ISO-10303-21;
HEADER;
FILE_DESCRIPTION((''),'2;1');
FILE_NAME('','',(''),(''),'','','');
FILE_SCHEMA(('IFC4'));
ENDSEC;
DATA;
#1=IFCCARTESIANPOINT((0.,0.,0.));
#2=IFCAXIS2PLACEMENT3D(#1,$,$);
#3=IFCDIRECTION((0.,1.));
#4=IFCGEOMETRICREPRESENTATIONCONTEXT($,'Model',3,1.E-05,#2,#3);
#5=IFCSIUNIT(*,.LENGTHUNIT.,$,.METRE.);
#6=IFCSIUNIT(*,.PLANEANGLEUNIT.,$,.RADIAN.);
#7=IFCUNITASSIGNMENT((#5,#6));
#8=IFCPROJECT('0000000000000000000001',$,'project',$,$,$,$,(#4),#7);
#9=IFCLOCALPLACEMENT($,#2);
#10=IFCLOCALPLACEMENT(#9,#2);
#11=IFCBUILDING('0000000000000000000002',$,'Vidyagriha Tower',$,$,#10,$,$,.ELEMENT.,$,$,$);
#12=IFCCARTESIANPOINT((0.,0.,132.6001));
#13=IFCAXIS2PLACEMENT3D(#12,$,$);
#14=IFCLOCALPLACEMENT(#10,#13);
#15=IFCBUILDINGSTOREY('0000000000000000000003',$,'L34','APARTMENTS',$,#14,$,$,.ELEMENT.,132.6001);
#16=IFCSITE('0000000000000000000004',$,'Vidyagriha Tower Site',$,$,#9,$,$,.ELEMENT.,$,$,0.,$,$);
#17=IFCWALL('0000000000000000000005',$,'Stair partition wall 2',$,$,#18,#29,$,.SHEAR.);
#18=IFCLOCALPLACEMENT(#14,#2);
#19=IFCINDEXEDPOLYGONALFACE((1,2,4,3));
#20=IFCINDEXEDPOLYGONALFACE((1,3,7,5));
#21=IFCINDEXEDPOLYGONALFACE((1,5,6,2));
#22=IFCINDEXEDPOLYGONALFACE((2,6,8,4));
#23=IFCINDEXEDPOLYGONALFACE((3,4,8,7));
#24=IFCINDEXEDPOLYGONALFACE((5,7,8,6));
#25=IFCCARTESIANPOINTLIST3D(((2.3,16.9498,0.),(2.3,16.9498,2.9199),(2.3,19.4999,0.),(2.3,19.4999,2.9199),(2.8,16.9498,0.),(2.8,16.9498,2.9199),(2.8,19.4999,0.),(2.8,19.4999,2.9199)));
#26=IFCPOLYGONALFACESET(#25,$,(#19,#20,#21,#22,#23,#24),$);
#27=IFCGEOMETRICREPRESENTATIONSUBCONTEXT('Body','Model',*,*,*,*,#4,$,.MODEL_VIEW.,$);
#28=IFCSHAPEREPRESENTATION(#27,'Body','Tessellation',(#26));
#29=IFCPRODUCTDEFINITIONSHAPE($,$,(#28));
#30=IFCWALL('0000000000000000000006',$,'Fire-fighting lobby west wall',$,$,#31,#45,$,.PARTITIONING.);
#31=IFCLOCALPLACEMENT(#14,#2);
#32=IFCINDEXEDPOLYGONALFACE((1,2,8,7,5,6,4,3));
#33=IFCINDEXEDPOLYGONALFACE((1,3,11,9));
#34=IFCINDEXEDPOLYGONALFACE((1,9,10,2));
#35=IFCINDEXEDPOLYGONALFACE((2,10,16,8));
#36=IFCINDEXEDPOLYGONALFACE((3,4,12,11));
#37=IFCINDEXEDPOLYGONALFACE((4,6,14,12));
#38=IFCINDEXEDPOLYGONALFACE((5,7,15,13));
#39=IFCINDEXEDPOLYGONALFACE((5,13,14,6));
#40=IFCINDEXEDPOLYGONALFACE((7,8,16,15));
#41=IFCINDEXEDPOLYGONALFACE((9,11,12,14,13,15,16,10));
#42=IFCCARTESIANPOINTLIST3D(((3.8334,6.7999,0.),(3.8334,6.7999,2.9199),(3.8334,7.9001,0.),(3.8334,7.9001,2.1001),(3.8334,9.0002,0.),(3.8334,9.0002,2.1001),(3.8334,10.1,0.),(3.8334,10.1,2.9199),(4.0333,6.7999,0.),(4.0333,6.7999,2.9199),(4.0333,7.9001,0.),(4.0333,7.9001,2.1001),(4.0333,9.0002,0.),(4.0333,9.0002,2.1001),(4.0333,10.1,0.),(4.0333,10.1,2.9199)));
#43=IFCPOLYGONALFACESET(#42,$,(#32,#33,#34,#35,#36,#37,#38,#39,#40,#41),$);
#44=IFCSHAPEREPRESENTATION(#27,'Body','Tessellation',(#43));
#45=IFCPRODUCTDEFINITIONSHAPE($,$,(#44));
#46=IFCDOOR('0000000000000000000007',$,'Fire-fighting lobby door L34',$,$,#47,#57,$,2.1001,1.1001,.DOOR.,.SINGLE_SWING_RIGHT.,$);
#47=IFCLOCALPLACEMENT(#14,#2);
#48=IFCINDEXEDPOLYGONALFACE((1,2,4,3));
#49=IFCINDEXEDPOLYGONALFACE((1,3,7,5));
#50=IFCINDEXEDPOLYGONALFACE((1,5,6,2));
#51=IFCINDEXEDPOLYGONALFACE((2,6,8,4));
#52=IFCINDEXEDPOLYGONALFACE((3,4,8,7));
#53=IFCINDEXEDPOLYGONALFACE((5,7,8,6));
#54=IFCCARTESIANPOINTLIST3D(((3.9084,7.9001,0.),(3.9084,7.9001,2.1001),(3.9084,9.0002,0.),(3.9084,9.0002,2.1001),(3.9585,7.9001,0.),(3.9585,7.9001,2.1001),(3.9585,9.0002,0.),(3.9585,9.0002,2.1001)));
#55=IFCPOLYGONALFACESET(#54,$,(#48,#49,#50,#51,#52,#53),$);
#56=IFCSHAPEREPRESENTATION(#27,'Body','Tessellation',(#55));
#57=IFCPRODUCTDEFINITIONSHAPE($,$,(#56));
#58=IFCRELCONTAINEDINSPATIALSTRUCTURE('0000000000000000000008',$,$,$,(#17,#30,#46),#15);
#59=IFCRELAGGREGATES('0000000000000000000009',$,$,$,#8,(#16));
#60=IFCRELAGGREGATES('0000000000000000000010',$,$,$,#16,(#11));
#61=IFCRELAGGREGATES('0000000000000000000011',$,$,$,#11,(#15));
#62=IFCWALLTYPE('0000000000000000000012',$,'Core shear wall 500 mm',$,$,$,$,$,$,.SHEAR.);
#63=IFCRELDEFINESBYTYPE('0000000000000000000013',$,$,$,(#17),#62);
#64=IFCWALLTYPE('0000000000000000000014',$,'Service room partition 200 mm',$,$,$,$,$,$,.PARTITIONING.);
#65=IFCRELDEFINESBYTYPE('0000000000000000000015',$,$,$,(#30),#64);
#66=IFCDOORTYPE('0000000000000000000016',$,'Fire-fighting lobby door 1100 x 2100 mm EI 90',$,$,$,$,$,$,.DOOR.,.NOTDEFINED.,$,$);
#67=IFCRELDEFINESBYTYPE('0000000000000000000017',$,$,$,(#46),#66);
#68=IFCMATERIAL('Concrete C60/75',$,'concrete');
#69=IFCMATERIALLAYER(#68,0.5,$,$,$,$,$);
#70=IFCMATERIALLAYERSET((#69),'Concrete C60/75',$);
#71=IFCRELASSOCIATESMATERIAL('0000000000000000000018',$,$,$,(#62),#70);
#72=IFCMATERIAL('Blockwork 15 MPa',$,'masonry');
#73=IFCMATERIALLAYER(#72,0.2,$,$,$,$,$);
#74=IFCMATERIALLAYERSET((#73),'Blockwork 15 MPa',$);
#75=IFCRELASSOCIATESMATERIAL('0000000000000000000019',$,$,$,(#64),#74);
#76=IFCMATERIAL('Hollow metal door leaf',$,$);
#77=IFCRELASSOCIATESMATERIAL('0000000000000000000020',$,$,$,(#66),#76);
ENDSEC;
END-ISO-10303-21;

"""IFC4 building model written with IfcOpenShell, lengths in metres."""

from ifc_helpers import new_model, si_unit, direction, frame, frame_2d, origin, place, context, subcontext, project, spatial, rectangle, extrude, material, layer, layer_set, type_object, element, fill, save


model = new_model("IFC4")

# Units and contexts
model_context = context("Model", 3, precision=1e-05, world=origin(), true_north=direction((0.0, 1.0)))
body_context = subcontext(model_context, "Body", "Model", "MODEL_VIEW")
ifc_project = project(units=[si_unit("LENGTHUNIT", "METRE"), si_unit("PLANEANGLEUNIT", "RADIAN")], contexts=[model_context])

# Site, building, storey
site_placement = place(None, origin())
site = spatial("IfcSite", under=ifc_project, at=site_placement, Name="Vidyagriha Tower Site", CompositionType="ELEMENT", RefElevation=0.0)
building_placement = place(site_placement, origin())
building = spatial("IfcBuilding", under=site, at=building_placement, Name="Vidyagriha Tower", CompositionType="ELEMENT")
storey_placement = place(building_placement, frame((0.0, 0.0, 132.6001)))
storey = spatial("IfcBuildingStorey", under=building, at=storey_placement, Name="L34", Description="APARTMENTS", CompositionType="ELEMENT", Elevation=132.6001)

# Wall
ifc_material_1 = material(Name="Concrete C60/75", Category="concrete")
ifc_layer_1 = layer(ifc_material_1, 0.5)
ifc_layer_set_1 = layer_set([ifc_layer_1], Name="Concrete C60/75")
wall_type_1 = type_object("IfcWallType", Name="Core shear wall 500 mm", PredefinedType="SHEAR", material=ifc_layer_set_1)
wall_1_placement = place(storey_placement, frame((2.55, 16.95, 0.0), z_axis=(0.0, 0.0, 1.0), x_axis=(0.0, 1.0, 0.0)))
element("IfcWall", 1, at=wall_1_placement, inside=storey, type_object=wall_type_1, Name="Stair partition wall 2", PredefinedType="SHEAR", context=body_context, shape_type="SweptSolid", body=[
    extrude(rectangle(XDim=2.55, YDim=0.5, at=frame_2d((1.2749, 0.0))), origin(), (0.0, 0.0, 1.0), 2.9199),
])

# Wall, opening, door
ifc_material_2 = material(Name="Blockwork 15 MPa", Category="masonry")
ifc_layer_2 = layer(ifc_material_2, 0.2)
ifc_layer_set_2 = layer_set([ifc_layer_2], Name="Blockwork 15 MPa")
wall_type_2 = type_object("IfcWallType", Name="Service room partition 200 mm", PredefinedType="PARTITIONING", material=ifc_layer_set_2)
wall_2_placement = place(storey_placement, frame((3.9333, 6.8, 0.0), z_axis=(0.0, 0.0, 1.0), x_axis=(0.0, 1.0, 0.0)))
wall_2 = element("IfcWall", 2, at=wall_2_placement, inside=storey, type_object=wall_type_2, Name="Fire-fighting lobby west wall", PredefinedType="PARTITIONING", context=body_context, shape_type="SweptSolid", body=[
    extrude(rectangle(XDim=3.3, YDim=0.2, at=frame_2d((1.6499, 0.0))), origin(), (0.0, 0.0, 1.0), 2.9199),
])
opening_1_placement = place(wall_2_placement, frame((1.1001, 0.0, 0.0)))
opening_1 = element("IfcOpeningElement", 3, at=opening_1_placement, cuts=wall_2, PredefinedType="OPENING", context=body_context, shape_type="SweptSolid", body=[
    extrude(rectangle(XDim=1.1001, YDim=2.1001, at=frame_2d((0.55, 1.05))), frame((0.0, 0.1099, 0.0), z_axis=(0.0, -1.0, 0.0), x_axis=(1.0, 0.0, 0.0)), (0.0, 0.0, 1.0), 0.22),
])
ifc_material_3 = material(Name="Hollow metal door leaf")
door_type_1 = type_object("IfcDoorType", Name="Fire-fighting lobby door 1100 x 2100 mm EI 90", OperationType="NOTDEFINED", PredefinedType="DOOR", material=ifc_material_3)
door_1_placement = place(opening_1_placement, origin())
door_1 = element("IfcDoor", 4, at=door_1_placement, inside=storey, type_object=door_type_1, Name="Fire-fighting lobby door L34", OperationType="SINGLE_SWING_RIGHT", OverallHeight=2.1001, OverallWidth=1.1001, PredefinedType="DOOR", context=body_context, shape_type="SweptSolid", body=[
    extrude(rectangle(XDim=1.1001, YDim=2.1001, at=frame_2d((0.55, 1.05))), frame((0.0, 0.0249, 0.0), z_axis=(0.0, -1.0, 0.0), x_axis=(1.0, 0.0, 0.0)), (0.0, 0.0, 1.0), 0.05),
])
fill(opening_1, door_1)

save(model, "model.ifc")
